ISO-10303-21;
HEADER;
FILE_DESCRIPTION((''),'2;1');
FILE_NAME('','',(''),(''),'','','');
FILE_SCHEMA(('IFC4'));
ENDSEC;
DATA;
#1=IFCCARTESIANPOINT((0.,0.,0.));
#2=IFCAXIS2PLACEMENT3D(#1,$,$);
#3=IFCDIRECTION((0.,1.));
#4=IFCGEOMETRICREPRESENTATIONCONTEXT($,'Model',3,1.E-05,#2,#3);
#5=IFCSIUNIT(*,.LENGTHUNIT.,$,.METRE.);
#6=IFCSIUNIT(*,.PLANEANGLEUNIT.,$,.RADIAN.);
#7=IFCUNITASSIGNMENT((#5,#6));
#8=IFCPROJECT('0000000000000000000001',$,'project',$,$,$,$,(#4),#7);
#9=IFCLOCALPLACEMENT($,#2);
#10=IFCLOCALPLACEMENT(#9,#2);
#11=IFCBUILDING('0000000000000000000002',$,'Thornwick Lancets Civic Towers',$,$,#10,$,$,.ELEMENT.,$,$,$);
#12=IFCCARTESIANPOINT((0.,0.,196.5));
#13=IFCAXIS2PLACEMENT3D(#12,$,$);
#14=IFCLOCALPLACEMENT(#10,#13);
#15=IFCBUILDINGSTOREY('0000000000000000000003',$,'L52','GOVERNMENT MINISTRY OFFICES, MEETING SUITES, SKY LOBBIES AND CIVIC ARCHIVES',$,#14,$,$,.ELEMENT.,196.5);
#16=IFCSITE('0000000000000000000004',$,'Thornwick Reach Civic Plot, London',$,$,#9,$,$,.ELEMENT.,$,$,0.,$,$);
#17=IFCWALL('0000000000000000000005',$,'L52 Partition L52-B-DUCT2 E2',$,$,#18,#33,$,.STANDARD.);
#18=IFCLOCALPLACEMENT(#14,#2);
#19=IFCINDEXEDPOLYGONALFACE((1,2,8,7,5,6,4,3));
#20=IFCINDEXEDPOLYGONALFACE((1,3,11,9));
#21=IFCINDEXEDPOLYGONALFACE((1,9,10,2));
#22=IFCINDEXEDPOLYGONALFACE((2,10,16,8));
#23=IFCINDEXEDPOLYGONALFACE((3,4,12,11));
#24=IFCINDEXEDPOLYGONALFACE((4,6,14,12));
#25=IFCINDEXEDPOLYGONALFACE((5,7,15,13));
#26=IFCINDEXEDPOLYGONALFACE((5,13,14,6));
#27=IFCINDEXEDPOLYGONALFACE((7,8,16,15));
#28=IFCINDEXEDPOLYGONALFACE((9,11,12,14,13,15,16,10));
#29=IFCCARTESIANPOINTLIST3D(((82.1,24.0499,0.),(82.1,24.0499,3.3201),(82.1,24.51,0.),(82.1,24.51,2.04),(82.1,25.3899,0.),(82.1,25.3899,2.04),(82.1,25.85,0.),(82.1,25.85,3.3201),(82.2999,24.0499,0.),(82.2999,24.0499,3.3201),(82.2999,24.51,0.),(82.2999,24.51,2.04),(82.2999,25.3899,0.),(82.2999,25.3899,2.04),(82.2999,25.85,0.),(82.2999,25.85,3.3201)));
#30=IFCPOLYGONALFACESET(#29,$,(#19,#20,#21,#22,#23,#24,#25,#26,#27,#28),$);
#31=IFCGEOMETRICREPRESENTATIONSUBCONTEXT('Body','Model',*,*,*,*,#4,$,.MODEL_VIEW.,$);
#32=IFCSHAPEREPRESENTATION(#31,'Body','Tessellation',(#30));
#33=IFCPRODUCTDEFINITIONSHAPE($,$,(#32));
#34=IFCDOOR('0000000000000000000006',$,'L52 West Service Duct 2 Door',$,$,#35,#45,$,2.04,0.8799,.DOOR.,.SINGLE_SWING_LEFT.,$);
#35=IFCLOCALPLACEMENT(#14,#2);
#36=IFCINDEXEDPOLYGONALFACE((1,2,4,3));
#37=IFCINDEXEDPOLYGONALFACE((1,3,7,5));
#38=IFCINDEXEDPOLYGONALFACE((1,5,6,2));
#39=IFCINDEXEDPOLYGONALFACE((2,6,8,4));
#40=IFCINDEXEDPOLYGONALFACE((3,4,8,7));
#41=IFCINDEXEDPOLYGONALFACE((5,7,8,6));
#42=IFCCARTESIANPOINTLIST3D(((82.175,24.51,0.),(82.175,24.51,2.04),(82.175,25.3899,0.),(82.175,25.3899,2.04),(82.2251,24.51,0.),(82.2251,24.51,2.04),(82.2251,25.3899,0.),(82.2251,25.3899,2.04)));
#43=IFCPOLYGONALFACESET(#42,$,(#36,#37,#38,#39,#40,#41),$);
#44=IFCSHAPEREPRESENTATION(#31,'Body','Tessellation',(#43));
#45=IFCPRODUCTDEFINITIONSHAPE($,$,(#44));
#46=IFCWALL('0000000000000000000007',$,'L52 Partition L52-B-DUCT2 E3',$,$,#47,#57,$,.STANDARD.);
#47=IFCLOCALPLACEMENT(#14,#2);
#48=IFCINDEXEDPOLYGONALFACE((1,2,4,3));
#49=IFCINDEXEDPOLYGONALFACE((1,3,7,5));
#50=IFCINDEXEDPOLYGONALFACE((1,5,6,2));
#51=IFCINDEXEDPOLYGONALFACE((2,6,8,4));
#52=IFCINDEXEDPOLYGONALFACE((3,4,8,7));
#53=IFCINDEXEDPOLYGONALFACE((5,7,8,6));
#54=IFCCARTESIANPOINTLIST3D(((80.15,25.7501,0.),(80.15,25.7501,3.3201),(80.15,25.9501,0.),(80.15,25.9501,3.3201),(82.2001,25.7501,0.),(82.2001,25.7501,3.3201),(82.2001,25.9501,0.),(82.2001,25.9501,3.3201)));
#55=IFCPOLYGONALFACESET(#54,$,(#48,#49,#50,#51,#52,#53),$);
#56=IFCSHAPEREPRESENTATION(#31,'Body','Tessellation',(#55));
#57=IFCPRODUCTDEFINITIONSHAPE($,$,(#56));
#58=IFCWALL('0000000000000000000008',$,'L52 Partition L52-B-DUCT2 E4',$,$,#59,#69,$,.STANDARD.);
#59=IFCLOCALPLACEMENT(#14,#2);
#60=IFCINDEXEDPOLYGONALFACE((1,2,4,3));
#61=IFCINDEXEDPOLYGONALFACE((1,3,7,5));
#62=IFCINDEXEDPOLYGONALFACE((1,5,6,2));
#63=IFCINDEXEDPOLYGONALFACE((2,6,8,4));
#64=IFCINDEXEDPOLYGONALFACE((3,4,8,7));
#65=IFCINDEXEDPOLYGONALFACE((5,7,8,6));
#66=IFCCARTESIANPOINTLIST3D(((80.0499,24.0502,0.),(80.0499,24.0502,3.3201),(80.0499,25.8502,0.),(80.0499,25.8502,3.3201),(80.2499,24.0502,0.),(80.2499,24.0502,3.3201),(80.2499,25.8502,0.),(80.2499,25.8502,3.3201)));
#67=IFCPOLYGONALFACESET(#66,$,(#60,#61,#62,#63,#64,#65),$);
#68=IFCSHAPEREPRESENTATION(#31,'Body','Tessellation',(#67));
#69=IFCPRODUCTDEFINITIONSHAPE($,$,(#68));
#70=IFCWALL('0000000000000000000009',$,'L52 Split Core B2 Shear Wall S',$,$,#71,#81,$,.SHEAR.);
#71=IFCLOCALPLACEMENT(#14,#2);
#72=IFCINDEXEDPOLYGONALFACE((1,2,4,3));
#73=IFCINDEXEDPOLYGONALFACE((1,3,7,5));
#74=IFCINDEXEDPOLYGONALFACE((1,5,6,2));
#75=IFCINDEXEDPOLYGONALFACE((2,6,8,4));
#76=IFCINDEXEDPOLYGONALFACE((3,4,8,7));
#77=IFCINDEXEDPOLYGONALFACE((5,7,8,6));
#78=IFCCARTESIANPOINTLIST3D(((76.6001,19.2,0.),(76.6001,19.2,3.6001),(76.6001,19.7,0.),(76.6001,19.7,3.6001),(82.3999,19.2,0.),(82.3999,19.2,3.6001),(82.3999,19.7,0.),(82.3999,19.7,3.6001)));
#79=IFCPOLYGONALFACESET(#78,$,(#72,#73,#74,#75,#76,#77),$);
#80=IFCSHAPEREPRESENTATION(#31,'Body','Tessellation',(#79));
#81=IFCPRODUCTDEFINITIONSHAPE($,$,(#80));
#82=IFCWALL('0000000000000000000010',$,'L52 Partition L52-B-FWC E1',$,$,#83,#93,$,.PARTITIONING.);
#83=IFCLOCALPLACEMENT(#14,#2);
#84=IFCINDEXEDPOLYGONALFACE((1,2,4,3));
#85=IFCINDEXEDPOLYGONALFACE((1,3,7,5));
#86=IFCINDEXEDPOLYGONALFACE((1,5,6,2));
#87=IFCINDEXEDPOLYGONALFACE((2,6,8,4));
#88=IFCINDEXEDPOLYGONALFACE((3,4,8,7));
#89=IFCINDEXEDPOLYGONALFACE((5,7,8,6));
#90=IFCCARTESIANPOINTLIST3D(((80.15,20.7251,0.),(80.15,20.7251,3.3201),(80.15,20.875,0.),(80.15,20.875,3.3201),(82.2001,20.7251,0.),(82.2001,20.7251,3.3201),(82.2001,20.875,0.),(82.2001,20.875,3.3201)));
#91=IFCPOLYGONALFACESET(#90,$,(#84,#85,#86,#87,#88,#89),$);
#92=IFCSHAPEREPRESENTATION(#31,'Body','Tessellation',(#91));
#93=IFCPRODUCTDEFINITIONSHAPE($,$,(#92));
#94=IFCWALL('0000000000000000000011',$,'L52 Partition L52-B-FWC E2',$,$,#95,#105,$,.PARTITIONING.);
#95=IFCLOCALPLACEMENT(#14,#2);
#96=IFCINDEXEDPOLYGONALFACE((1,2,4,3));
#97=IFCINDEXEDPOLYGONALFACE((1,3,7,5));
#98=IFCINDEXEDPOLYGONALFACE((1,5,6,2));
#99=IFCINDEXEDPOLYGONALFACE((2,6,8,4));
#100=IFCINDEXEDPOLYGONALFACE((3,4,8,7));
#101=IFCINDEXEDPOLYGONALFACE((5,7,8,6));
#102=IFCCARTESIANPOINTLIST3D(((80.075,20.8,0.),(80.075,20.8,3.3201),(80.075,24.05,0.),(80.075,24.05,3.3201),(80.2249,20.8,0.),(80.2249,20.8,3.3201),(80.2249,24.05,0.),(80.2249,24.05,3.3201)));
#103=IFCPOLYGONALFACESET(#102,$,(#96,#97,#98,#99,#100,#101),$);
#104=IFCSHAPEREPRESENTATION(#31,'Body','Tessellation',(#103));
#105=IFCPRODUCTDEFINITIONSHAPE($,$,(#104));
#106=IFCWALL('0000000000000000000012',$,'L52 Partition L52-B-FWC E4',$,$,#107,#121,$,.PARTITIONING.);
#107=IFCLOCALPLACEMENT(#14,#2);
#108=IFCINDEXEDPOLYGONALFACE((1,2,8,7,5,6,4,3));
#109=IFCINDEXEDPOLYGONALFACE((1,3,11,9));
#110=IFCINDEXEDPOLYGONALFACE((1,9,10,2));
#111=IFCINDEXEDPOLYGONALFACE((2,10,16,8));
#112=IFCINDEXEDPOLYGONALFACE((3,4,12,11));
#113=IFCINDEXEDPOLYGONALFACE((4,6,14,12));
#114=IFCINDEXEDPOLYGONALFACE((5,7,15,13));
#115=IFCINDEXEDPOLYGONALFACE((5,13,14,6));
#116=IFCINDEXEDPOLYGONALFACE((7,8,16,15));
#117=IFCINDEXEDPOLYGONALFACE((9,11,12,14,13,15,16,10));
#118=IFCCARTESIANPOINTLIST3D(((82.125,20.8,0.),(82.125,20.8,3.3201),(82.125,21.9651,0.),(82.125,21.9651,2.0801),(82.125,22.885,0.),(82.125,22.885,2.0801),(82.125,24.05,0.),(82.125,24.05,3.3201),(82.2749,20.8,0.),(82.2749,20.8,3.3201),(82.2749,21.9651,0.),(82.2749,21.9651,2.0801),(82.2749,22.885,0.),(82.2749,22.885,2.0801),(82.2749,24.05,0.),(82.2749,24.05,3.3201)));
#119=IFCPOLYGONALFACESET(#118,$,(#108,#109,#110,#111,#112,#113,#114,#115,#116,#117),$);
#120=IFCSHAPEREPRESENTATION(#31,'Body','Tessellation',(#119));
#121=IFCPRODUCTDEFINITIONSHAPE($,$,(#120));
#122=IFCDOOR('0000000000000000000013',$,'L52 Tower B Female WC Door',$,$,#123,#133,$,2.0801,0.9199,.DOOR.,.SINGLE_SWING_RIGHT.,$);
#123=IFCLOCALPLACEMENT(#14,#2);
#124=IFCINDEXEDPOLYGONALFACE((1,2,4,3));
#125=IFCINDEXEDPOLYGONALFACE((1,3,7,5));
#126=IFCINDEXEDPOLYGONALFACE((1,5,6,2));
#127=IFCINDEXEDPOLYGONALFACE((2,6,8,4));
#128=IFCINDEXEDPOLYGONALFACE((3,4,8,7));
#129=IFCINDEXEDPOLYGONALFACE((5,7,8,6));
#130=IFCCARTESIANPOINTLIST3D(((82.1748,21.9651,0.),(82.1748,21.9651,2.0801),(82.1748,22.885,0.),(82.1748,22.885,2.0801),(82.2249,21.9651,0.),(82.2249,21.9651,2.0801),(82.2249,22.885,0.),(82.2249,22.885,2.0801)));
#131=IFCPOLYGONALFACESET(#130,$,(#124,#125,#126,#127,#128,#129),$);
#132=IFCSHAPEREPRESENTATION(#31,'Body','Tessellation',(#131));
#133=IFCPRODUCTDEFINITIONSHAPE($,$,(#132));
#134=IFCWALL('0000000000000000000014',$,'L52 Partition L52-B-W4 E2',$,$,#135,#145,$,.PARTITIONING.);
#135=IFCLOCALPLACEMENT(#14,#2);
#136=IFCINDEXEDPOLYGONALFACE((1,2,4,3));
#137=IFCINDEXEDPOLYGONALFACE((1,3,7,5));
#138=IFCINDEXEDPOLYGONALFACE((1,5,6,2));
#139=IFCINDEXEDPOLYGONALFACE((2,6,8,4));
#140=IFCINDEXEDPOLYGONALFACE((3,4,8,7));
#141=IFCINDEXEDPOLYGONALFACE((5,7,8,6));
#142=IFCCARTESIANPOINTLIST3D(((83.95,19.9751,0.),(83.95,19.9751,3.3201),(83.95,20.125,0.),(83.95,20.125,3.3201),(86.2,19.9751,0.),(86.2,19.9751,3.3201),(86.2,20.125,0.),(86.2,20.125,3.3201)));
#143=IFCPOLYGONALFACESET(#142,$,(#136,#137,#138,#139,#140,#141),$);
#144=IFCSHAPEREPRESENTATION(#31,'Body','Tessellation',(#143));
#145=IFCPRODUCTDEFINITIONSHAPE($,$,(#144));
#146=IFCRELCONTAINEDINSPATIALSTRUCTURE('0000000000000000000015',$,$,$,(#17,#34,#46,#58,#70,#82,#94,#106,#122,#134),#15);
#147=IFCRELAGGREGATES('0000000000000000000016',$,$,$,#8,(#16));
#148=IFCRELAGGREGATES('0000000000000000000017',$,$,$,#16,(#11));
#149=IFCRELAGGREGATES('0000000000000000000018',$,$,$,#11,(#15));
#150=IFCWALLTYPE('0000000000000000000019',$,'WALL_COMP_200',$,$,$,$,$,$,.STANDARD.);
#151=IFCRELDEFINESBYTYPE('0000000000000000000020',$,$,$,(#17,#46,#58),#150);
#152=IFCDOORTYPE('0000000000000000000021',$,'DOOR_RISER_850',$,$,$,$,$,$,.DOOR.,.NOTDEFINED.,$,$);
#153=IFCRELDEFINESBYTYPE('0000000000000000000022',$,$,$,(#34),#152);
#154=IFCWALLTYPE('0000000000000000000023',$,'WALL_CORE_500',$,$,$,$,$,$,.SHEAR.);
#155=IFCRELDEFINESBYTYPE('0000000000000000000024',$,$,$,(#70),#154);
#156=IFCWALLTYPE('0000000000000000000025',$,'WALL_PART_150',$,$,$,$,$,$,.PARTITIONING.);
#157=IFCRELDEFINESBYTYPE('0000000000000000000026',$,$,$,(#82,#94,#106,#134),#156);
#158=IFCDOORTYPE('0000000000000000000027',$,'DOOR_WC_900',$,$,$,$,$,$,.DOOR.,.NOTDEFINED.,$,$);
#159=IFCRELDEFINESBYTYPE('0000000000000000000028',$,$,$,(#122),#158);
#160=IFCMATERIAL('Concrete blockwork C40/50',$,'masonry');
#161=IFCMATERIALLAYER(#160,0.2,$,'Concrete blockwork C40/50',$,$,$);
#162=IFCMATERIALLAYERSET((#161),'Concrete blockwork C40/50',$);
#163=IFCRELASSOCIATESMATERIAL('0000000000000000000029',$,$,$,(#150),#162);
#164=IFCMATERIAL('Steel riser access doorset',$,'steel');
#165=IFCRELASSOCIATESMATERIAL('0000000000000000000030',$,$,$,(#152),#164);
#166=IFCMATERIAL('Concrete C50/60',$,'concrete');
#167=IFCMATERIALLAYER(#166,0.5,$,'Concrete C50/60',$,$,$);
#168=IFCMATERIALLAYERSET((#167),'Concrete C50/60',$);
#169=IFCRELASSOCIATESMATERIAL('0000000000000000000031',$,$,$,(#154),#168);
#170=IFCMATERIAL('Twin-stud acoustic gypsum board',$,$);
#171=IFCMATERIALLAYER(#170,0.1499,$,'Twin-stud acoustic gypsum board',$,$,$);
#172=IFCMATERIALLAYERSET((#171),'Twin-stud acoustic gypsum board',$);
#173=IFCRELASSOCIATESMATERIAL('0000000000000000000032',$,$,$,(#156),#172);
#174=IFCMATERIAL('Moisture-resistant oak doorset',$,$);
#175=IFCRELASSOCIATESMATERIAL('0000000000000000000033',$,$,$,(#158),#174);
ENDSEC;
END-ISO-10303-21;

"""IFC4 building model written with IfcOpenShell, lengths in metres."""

from ifc_helpers import new_model, si_unit, direction, frame, frame_2d, origin, place, context, subcontext, project, spatial, rectangle, extrude, material, layer, layer_set, type_object, element, fill, save


model = new_model("IFC4")

# Units and contexts
model_context = context("Model", 3, precision=1e-05, world=origin(), true_north=direction((0.0, 1.0)))
body_context = subcontext(model_context, "Body", "Model", "MODEL_VIEW")
ifc_project = project(units=[si_unit("LENGTHUNIT", "METRE"), si_unit("PLANEANGLEUNIT", "RADIAN")], contexts=[model_context])

# Site, building, storey
site_placement = place(None, origin())
site = spatial("IfcSite", under=ifc_project, at=site_placement, Name="Thornwick Reach Civic Plot, London", CompositionType="ELEMENT", RefElevation=0.0)
building_placement = place(site_placement, origin())
building = spatial("IfcBuilding", under=site, at=building_placement, Name="Thornwick Lancets Civic Towers", CompositionType="ELEMENT")
storey_placement = place(building_placement, frame((0.0, 0.0, 196.5)))
storey = spatial("IfcBuildingStorey", under=building, at=storey_placement, Name="L52", Description="GOVERNMENT MINISTRY OFFICES, MEETING SUITES, SKY LOBBIES AND CIVIC ARCHIVES", CompositionType="ELEMENT", Elevation=196.5)

# Shared definitions
ifc_material_1 = material(Name="Concrete blockwork C40/50", Category="masonry")
ifc_layer_1 = layer(ifc_material_1, 0.2, Name="Concrete blockwork C40/50")
ifc_layer_set_1 = layer_set([ifc_layer_1], Name="Concrete blockwork C40/50")
wall_type_1 = type_object("IfcWallType", Name="WALL_COMP_200", PredefinedType="STANDARD", material=ifc_layer_set_1)

# Wall, opening, door
wall_1_placement = place(storey_placement, frame((82.2, 24.05, 0.0), z_axis=(0.0, 0.0, 1.0), x_axis=(0.0, 1.0, 0.0)))
wall_1 = element("IfcWall", 1, at=wall_1_placement, inside=storey, type_object=wall_type_1, Name="L52 Partition L52-B-DUCT2 E2", PredefinedType="STANDARD", context=body_context, shape_type="SweptSolid", body=[
    extrude(rectangle(XDim=1.8, YDim=0.2, at=frame_2d((0.8999, 0.0))), origin(), (0.0, 0.0, 1.0), 3.3201),
])
opening_1_placement = place(wall_1_placement, frame((0.46, 0.0, 0.0)))
opening_1 = element("IfcOpeningElement", 2, at=opening_1_placement, cuts=wall_1, PredefinedType="OPENING", context=body_context, shape_type="SweptSolid", body=[
    extrude(rectangle(XDim=0.8799, YDim=2.04, at=frame_2d((0.4399, 1.02))), frame((0.0, 0.1099, 0.0), z_axis=(0.0, -1.0, 0.0), x_axis=(1.0, 0.0, 0.0)), (0.0, 0.0, 1.0), 0.22),
])
ifc_material_2 = material(Name="Steel riser access doorset", Category="steel")
door_type_1 = type_object("IfcDoorType", Name="DOOR_RISER_850", OperationType="NOTDEFINED", PredefinedType="DOOR", material=ifc_material_2)
door_1_placement = place(opening_1_placement, origin())
door_1 = element("IfcDoor", 3, at=door_1_placement, inside=storey, type_object=door_type_1, Name="L52 West Service Duct 2 Door", OperationType="SINGLE_SWING_LEFT", OverallHeight=2.04, OverallWidth=0.8799, PredefinedType="DOOR", context=body_context, shape_type="SweptSolid", body=[
    extrude(rectangle(XDim=0.8799, YDim=2.04, at=frame_2d((0.4399, 1.02))), frame((0.0, 0.0249, 0.0), z_axis=(0.0, -1.0, 0.0), x_axis=(1.0, 0.0, 0.0)), (0.0, 0.0, 1.0), 0.05),
])
fill(opening_1, door_1)

# Walls
wall_2_placement = place(storey_placement, frame((82.2, 25.8501, 0.0), z_axis=(0.0, 0.0, 1.0), x_axis=(-1.0, 0.0, 0.0)))
element("IfcWall", 4, at=wall_2_placement, inside=storey, type_object=wall_type_1, Name="L52 Partition L52-B-DUCT2 E3", PredefinedType="STANDARD", context=body_context, shape_type="SweptSolid", body=[
    extrude(rectangle(XDim=2.05, YDim=0.2, at=frame_2d((1.0249, 0.0))), origin(), (0.0, 0.0, 1.0), 3.3201),
])
wall_3_placement = place(storey_placement, frame((80.1499, 25.8501, 0.0), z_axis=(0.0, 0.0, 1.0), x_axis=(0.0, -1.0, 0.0)))
element("IfcWall", 5, at=wall_3_placement, inside=storey, type_object=wall_type_1, Name="L52 Partition L52-B-DUCT2 E4", PredefinedType="STANDARD", context=body_context, shape_type="SweptSolid", body=[
    extrude(rectangle(XDim=1.8, YDim=0.2, at=frame_2d((0.8999, 0.0))), origin(), (0.0, 0.0, 1.0), 3.3201),
])
ifc_material_3 = material(Name="Concrete C50/60", Category="concrete")
ifc_layer_2 = layer(ifc_material_3, 0.5, Name="Concrete C50/60")
ifc_layer_set_2 = layer_set([ifc_layer_2], Name="Concrete C50/60")
wall_type_2 = type_object("IfcWallType", Name="WALL_CORE_500", PredefinedType="SHEAR", material=ifc_layer_set_2)
wall_4_placement = place(storey_placement, frame((76.6001, 19.45, 0.0), z_axis=(0.0, 0.0, 1.0), x_axis=(1.0, 0.0, 0.0)))
element("IfcWall", 6, at=wall_4_placement, inside=storey, type_object=wall_type_2, Name="L52 Split Core B2 Shear Wall S", PredefinedType="SHEAR", context=body_context, shape_type="SweptSolid", body=[
    extrude(rectangle(XDim=5.7998, YDim=0.5, at=frame_2d((2.8999, 0.0))), origin(), (0.0, 0.0, 1.0), 3.6001),
])
ifc_material_4 = material(Name="Twin-stud acoustic gypsum board")
ifc_layer_3 = layer(ifc_material_4, 0.1499, Name="Twin-stud acoustic gypsum board")
ifc_layer_set_3 = layer_set([ifc_layer_3], Name="Twin-stud acoustic gypsum board")
wall_type_3 = type_object("IfcWallType", Name="WALL_PART_150", PredefinedType="PARTITIONING", material=ifc_layer_set_3)
wall_5_placement = place(storey_placement, frame((82.2, 20.8, 0.0), z_axis=(0.0, 0.0, 1.0), x_axis=(-1.0, 0.0, 0.0)))
element("IfcWall", 7, at=wall_5_placement, inside=storey, type_object=wall_type_3, Name="L52 Partition L52-B-FWC E1", PredefinedType="PARTITIONING", context=body_context, shape_type="SweptSolid", body=[
    extrude(rectangle(XDim=2.05, YDim=0.1499, at=frame_2d((1.0249, 0.0))), origin(), (0.0, 0.0, 1.0), 3.3201),
])
wall_6_placement = place(storey_placement, frame((80.1499, 20.8, 0.0), z_axis=(0.0, 0.0, 1.0), x_axis=(0.0, 1.0, 0.0)))
element("IfcWall", 8, at=wall_6_placement, inside=storey, type_object=wall_type_3, Name="L52 Partition L52-B-FWC E2", PredefinedType="PARTITIONING", context=body_context, shape_type="SweptSolid", body=[
    extrude(rectangle(XDim=3.25, YDim=0.1499, at=frame_2d((1.625, 0.0))), origin(), (0.0, 0.0, 1.0), 3.3201),
])

# Wall, opening, door
wall_7_placement = place(storey_placement, frame((82.2, 24.05, 0.0), z_axis=(0.0, 0.0, 1.0), x_axis=(0.0, -1.0, 0.0)))
wall_7 = element("IfcWall", 9, at=wall_7_placement, inside=storey, type_object=wall_type_3, Name="L52 Partition L52-B-FWC E4", PredefinedType="PARTITIONING", context=body_context, shape_type="SweptSolid", body=[
    extrude(rectangle(XDim=3.25, YDim=0.1499, at=frame_2d((1.625, 0.0))), origin(), (0.0, 0.0, 1.0), 3.3201),
])
opening_2_placement = place(wall_7_placement, frame((1.165, 0.0, 0.0)))
opening_2 = element("IfcOpeningElement", 10, at=opening_2_placement, cuts=wall_7, PredefinedType="OPENING", context=body_context, shape_type="SweptSolid", body=[
    extrude(rectangle(XDim=0.9199, YDim=2.0801, at=frame_2d((0.46, 1.04))), frame((0.0, 0.085, 0.0), z_axis=(0.0, -1.0, 0.0), x_axis=(1.0, 0.0, 0.0)), (0.0, 0.0, 1.0), 0.1699),
])
ifc_material_5 = material(Name="Moisture-resistant oak doorset")
door_type_2 = type_object("IfcDoorType", Name="DOOR_WC_900", OperationType="NOTDEFINED", PredefinedType="DOOR", material=ifc_material_5)
door_2_placement = place(opening_2_placement, origin())
door_2 = element("IfcDoor", 11, at=door_2_placement, inside=storey, type_object=door_type_2, Name="L52 Tower B Female WC Door", OperationType="SINGLE_SWING_RIGHT", OverallHeight=2.0801, OverallWidth=0.9199, PredefinedType="DOOR", context=body_context, shape_type="SweptSolid", body=[
    extrude(rectangle(XDim=0.9199, YDim=2.0801, at=frame_2d((0.46, 1.04))), frame((0.0, 0.0249, 0.0), z_axis=(0.0, -1.0, 0.0), x_axis=(1.0, 0.0, 0.0)), (0.0, 0.0, 1.0), 0.05),
])
fill(opening_2, door_2)

# Wall
wall_8_placement = place(storey_placement, frame((83.95, 20.05, 0.0), z_axis=(0.0, 0.0, 1.0), x_axis=(1.0, 0.0, 0.0)))
element("IfcWall", 12, at=wall_8_placement, inside=storey, type_object=wall_type_3, Name="L52 Partition L52-B-W4 E2", PredefinedType="PARTITIONING", context=body_context, shape_type="SweptSolid", body=[
    extrude(rectangle(XDim=2.25, YDim=0.1499, at=frame_2d((1.125, 0.0))), origin(), (0.0, 0.0, 1.0), 3.3201),
])

save(model, "model.ifc")
